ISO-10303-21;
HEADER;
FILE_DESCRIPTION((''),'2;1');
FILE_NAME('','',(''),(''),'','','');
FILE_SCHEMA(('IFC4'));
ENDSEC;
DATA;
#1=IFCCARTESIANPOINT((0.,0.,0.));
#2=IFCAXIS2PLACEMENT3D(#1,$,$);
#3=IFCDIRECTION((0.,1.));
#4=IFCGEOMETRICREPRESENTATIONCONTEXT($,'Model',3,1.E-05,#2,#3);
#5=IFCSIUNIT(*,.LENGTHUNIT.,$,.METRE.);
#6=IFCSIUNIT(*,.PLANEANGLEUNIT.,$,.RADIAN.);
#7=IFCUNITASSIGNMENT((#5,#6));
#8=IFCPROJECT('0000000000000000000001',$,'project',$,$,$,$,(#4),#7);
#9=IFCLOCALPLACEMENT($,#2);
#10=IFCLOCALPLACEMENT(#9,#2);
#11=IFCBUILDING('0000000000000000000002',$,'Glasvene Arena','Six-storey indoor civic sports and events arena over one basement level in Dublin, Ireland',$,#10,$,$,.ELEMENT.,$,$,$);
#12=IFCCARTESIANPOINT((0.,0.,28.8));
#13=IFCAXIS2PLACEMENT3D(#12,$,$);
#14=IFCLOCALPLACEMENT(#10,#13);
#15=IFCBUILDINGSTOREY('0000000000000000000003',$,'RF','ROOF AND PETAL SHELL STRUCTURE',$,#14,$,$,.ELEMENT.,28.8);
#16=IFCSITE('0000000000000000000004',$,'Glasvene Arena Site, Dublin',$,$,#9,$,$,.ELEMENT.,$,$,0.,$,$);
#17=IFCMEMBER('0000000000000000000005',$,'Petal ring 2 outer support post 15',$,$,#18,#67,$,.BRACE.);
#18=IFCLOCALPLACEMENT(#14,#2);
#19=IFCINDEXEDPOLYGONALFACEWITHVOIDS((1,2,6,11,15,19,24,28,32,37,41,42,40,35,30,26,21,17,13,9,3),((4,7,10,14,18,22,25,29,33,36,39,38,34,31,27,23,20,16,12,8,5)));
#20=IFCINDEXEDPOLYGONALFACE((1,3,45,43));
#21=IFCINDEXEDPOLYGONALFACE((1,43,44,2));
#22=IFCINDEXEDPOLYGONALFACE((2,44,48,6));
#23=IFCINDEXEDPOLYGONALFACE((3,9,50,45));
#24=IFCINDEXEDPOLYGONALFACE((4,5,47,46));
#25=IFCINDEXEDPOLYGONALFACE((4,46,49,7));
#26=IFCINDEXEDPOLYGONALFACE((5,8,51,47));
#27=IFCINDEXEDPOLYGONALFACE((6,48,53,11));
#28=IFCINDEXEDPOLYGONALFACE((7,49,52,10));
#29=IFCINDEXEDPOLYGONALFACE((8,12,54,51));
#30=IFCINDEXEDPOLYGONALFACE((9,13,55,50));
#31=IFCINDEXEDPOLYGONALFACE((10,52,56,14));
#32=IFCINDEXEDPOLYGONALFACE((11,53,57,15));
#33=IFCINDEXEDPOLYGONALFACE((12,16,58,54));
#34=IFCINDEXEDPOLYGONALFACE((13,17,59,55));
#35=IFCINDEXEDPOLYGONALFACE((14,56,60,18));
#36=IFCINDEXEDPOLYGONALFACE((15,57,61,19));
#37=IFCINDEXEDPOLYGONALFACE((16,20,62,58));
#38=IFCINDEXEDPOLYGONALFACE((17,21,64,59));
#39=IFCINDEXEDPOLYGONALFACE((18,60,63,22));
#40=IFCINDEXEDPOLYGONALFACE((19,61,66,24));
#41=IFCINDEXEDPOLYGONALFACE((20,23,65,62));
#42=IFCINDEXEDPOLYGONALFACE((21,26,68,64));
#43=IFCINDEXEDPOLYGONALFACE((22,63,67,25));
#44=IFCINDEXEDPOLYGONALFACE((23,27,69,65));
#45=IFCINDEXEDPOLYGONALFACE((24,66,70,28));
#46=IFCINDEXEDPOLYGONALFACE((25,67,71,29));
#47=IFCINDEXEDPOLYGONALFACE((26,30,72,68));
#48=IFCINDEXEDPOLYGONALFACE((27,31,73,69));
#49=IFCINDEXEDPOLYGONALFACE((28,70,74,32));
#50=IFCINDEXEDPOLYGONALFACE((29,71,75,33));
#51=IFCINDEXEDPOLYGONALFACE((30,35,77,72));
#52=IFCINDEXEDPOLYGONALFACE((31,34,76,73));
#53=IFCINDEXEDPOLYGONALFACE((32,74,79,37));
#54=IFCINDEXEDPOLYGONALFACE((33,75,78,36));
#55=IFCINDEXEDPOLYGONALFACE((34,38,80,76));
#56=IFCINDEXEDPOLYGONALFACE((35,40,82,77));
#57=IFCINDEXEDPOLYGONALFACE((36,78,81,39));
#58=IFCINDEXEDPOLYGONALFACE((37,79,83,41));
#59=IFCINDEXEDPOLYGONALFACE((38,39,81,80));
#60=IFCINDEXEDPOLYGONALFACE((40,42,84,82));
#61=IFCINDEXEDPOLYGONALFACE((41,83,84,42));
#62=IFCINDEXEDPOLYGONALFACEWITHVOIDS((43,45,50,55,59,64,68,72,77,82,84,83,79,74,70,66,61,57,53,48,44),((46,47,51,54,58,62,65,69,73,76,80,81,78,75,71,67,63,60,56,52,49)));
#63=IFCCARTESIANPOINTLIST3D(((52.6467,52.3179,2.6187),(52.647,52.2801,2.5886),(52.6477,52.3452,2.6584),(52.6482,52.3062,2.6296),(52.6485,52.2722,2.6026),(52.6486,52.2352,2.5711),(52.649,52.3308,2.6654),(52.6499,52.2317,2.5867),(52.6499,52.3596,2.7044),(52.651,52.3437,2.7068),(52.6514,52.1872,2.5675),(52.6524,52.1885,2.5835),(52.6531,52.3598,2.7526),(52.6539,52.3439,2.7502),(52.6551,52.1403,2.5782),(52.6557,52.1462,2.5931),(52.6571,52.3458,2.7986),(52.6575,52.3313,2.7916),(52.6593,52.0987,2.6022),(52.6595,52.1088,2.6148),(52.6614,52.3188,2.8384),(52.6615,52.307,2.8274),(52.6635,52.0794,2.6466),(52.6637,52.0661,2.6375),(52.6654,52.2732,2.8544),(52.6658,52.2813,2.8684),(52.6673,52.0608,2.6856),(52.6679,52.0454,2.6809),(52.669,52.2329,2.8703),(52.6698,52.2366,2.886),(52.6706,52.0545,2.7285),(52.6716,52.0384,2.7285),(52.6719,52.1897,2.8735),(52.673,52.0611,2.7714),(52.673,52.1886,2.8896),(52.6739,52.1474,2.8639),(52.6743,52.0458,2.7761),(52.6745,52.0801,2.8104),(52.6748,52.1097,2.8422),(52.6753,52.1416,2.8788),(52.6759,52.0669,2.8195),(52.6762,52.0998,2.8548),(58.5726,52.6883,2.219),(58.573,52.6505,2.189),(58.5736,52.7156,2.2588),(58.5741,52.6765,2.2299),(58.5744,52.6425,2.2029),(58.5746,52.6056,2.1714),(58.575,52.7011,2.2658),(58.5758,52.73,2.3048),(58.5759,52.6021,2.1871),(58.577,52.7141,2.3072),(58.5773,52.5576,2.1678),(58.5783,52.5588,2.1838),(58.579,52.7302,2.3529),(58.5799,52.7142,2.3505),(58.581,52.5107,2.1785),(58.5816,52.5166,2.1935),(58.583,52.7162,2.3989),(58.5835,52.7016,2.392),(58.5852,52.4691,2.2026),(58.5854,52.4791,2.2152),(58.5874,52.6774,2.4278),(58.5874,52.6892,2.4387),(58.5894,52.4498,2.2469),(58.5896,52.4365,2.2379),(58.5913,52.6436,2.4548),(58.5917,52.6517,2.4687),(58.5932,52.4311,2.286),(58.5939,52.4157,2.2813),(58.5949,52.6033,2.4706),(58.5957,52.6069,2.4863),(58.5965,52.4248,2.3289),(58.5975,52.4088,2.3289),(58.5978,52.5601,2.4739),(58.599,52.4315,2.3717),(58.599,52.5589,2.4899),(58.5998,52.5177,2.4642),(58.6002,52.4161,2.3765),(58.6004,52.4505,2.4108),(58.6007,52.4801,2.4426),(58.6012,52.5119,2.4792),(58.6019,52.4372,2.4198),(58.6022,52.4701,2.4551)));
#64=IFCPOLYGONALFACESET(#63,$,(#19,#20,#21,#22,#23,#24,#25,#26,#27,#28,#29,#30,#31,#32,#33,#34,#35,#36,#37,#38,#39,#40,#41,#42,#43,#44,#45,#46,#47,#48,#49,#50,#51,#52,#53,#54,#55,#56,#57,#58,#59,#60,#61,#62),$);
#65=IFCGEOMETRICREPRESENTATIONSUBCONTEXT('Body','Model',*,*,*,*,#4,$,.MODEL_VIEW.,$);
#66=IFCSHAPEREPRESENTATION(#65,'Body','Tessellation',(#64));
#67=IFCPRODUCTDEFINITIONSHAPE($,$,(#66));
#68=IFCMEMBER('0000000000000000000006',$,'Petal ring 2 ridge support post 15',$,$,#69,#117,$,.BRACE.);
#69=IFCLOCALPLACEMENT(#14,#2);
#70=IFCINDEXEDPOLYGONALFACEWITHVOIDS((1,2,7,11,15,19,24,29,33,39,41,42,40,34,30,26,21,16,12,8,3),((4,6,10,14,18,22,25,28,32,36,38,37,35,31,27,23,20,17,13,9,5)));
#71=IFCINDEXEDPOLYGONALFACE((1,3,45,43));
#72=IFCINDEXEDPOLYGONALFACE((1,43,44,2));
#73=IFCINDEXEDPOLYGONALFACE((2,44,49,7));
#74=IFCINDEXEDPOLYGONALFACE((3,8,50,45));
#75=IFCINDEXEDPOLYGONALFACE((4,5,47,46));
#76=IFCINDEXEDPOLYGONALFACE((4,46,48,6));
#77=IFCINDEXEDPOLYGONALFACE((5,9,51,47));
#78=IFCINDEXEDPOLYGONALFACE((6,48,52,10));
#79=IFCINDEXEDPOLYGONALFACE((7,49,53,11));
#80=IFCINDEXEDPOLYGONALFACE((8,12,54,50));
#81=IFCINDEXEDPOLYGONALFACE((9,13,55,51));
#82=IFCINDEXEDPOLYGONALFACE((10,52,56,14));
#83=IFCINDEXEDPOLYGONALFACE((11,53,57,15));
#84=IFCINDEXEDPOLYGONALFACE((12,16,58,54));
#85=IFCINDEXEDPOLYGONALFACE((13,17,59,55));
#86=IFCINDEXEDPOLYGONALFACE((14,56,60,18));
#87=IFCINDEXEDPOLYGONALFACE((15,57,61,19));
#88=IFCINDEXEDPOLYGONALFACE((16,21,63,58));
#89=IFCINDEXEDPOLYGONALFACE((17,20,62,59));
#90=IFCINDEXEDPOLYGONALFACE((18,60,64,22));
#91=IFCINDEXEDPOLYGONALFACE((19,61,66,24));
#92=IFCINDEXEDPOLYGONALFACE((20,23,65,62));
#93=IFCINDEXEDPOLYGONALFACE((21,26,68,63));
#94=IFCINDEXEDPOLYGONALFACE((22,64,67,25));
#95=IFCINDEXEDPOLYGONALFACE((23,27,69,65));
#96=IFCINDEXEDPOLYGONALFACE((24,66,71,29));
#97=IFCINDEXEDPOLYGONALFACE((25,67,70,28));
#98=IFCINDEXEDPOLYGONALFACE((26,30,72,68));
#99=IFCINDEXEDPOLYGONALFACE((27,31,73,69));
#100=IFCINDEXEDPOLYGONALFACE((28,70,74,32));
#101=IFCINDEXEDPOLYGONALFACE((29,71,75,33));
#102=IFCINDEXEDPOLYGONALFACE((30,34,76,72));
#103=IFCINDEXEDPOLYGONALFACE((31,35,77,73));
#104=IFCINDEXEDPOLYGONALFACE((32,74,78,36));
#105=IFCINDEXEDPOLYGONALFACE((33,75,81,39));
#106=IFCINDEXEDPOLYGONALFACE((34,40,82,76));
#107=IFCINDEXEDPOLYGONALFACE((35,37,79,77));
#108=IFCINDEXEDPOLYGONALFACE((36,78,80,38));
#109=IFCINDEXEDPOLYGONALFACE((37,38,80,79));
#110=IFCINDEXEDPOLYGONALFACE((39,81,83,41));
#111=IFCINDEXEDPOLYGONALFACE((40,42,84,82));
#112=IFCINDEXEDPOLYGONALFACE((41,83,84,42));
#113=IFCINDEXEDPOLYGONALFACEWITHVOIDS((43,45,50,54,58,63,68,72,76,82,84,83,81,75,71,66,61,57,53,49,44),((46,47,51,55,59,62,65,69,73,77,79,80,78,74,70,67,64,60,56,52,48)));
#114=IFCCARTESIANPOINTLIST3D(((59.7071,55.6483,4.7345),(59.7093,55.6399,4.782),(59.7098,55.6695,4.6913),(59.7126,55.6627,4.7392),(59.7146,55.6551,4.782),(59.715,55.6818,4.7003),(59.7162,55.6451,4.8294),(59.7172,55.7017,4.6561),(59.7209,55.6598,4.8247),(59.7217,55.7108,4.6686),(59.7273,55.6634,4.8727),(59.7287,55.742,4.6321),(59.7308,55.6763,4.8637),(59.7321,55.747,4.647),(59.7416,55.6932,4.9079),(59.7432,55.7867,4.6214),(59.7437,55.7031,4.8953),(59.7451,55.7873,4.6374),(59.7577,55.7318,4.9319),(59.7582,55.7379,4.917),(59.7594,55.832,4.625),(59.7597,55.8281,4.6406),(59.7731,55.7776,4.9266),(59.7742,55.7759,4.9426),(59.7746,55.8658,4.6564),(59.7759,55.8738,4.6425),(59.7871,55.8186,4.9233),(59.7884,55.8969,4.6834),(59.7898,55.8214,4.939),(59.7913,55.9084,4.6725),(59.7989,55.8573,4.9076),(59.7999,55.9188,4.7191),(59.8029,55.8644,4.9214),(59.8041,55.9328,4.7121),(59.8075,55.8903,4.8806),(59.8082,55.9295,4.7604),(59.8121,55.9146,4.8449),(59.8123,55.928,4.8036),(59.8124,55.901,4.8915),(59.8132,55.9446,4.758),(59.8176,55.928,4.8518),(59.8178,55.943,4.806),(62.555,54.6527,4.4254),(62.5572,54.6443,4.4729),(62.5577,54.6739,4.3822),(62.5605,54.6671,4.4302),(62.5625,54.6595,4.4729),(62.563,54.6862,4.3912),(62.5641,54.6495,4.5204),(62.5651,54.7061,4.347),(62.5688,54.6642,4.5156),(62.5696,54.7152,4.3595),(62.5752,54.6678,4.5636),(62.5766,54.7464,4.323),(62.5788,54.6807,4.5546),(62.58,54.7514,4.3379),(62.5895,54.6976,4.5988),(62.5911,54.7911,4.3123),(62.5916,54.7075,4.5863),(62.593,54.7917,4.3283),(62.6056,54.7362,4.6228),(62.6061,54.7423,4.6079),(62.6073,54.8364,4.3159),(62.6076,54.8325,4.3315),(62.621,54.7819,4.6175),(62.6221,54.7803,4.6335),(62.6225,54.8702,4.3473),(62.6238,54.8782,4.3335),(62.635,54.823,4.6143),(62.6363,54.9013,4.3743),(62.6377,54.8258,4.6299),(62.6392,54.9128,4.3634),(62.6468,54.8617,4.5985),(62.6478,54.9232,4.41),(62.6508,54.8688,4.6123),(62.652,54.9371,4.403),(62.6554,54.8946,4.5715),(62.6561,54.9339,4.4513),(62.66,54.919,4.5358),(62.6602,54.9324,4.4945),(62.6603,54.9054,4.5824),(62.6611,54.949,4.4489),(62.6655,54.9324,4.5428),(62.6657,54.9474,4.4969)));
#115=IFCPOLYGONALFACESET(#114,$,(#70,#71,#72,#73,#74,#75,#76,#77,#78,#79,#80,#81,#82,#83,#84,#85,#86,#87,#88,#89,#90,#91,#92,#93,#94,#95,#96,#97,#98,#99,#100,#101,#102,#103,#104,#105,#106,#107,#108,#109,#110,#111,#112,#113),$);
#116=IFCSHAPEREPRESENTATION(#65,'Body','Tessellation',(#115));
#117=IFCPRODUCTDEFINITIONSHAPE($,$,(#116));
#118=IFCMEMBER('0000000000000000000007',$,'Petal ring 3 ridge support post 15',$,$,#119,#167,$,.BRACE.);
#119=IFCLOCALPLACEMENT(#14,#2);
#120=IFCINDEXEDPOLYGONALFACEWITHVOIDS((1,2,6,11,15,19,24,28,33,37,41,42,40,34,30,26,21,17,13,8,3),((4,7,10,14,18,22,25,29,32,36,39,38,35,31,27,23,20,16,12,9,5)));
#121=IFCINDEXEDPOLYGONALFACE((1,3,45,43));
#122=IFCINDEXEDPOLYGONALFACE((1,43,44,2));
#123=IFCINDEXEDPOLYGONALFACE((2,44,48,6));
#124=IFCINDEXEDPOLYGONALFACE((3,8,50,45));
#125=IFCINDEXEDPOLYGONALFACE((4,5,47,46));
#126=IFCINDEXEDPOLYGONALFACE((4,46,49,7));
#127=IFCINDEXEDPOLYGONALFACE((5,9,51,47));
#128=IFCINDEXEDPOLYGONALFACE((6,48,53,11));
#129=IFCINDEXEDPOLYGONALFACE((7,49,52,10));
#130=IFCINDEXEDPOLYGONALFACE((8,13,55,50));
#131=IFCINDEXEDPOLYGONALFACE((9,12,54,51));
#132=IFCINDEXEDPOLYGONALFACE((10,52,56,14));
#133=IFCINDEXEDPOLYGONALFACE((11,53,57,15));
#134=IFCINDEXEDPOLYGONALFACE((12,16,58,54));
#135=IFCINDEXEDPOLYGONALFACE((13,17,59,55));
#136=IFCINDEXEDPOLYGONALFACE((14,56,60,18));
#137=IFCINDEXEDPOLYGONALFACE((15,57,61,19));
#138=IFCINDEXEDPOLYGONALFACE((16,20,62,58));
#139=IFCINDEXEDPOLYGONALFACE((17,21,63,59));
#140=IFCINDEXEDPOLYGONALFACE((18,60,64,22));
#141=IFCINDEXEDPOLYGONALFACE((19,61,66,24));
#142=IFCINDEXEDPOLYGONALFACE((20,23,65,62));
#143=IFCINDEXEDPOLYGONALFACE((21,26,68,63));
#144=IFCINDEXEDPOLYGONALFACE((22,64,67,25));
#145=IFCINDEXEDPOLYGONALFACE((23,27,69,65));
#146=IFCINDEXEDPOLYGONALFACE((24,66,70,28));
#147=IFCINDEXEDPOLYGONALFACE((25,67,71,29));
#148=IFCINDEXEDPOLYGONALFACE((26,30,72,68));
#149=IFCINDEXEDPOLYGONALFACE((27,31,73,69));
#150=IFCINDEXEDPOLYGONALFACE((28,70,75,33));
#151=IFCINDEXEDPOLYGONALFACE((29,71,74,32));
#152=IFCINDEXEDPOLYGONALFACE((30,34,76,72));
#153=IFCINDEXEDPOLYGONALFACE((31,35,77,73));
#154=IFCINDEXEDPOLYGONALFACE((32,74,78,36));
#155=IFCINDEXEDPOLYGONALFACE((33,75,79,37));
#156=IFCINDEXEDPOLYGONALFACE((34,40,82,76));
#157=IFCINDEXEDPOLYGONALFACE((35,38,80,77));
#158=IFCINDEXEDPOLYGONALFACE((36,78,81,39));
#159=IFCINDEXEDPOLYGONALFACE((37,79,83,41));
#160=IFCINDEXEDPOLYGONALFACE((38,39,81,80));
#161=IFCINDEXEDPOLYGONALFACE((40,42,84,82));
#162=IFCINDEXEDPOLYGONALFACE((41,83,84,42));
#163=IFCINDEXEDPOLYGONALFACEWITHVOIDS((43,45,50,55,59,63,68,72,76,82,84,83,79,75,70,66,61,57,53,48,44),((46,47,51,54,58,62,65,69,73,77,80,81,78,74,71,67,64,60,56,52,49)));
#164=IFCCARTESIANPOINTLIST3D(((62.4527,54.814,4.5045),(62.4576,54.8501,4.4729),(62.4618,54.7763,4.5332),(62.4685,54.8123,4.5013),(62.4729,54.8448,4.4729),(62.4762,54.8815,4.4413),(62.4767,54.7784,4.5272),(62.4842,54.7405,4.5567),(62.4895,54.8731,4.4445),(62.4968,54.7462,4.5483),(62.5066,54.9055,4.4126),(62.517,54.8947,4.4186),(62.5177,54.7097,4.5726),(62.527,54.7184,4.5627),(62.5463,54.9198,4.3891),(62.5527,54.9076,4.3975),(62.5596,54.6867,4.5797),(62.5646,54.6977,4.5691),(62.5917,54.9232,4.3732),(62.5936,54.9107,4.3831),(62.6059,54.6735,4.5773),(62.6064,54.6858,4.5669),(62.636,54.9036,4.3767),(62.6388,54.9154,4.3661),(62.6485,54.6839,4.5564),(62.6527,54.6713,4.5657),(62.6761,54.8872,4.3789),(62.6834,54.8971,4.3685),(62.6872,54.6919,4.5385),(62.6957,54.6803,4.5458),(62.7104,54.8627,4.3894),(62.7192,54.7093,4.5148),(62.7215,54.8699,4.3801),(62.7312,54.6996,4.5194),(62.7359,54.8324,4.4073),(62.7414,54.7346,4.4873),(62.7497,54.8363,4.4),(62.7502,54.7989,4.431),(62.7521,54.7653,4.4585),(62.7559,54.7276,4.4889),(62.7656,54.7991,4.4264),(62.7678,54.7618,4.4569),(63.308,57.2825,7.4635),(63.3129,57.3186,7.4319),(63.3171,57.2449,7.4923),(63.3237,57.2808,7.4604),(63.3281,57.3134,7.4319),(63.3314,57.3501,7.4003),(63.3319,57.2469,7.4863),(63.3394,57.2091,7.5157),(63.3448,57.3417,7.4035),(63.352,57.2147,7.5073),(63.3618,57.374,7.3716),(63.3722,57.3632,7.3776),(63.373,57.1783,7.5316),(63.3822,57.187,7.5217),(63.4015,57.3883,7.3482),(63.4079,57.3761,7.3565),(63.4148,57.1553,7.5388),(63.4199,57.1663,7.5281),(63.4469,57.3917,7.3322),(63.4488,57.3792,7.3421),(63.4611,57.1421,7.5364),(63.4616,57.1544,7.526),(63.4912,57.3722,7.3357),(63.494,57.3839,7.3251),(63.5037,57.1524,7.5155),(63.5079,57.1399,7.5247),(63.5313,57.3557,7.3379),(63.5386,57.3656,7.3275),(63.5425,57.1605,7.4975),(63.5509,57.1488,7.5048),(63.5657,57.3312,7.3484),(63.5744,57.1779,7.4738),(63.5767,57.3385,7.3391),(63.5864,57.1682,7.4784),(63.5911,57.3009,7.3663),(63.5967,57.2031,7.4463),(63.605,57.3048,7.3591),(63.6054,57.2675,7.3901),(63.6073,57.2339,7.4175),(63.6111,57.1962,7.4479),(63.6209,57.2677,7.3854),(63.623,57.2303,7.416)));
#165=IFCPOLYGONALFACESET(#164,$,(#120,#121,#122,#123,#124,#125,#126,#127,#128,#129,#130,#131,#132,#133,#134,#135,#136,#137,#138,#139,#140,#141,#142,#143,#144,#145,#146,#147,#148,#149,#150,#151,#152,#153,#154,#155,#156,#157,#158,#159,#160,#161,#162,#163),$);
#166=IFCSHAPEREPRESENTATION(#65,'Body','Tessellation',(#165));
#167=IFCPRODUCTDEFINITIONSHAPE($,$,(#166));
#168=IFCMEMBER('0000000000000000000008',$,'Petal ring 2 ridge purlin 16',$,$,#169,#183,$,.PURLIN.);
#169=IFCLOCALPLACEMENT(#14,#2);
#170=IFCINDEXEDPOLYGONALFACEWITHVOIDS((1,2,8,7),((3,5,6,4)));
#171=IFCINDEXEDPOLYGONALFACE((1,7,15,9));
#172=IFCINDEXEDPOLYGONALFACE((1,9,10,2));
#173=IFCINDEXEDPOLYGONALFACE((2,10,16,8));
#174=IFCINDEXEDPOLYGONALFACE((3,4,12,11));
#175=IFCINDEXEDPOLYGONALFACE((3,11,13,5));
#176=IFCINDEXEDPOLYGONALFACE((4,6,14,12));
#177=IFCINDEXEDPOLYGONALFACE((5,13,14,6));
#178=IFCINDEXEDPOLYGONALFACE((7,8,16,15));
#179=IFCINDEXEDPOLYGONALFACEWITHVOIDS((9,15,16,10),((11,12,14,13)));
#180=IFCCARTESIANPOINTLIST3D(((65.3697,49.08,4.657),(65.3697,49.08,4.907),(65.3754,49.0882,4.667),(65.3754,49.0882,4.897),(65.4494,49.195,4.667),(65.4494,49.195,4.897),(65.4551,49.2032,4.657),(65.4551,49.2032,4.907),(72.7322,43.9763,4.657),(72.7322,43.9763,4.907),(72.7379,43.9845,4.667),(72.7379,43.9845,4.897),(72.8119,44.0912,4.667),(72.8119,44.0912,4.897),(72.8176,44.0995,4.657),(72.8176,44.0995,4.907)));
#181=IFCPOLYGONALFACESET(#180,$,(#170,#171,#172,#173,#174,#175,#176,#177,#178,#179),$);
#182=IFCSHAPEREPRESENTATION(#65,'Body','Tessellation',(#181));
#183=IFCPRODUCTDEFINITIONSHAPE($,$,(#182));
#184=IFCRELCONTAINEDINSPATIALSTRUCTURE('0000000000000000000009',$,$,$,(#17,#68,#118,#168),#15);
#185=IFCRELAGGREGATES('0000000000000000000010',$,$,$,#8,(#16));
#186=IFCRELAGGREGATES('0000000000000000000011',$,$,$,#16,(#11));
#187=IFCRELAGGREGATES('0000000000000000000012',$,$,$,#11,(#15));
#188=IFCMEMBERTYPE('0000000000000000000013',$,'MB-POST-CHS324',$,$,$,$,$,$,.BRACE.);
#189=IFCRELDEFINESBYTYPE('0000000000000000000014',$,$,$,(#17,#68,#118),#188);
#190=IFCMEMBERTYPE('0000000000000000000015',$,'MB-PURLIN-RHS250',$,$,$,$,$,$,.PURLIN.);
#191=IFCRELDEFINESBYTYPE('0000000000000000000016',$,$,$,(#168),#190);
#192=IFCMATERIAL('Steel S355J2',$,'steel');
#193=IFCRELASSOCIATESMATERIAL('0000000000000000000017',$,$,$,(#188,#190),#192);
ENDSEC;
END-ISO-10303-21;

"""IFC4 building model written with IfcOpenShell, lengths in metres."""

from ifc_helpers import new_model, si_unit, direction, frame, origin, origin_2d, place, context, subcontext, project, spatial, hollow_rectangle, hollow_circle, extrude, material, material_profile, profile_set, type_object, element, save


model = new_model("IFC4")

# Units and contexts
model_context = context("Model", 3, precision=1e-05, world=origin(), true_north=direction((0.0, 1.0)))
body_context = subcontext(model_context, "Body", "Model", "MODEL_VIEW")
ifc_project = project(units=[si_unit("LENGTHUNIT", "METRE"), si_unit("PLANEANGLEUNIT", "RADIAN")], contexts=[model_context])

# Site, building, storey
site_placement = place(None, origin())
site = spatial("IfcSite", under=ifc_project, at=site_placement, Name="Glasvene Arena Site, Dublin", CompositionType="ELEMENT", RefElevation=0.0)
building_placement = place(site_placement, origin())
building = spatial("IfcBuilding", under=site, at=building_placement, Name="Glasvene Arena", Description="Six-storey indoor civic sports and events arena over one basement level in Dublin, Ireland", CompositionType="ELEMENT")
storey_placement = place(building_placement, frame((0.0, 0.0, 28.8)))
storey = spatial("IfcBuildingStorey", under=building, at=storey_placement, Name="RF", Description="ROOF AND PETAL SHELL STRUCTURE", CompositionType="ELEMENT", Elevation=28.8)

# Members
ifc_material_1 = material(Name="Steel S355J2", Category="steel")
ifc_material_profile_1 = material_profile(ifc_material_1, hollow_circle(Radius=0.1619, WallThickness=0.0161, at=origin_2d()), Name="CHS 323.9x16.0")
ifc_profile_set_1 = profile_set([ifc_material_profile_1], Name="Steel S355J2")
member_type_1 = type_object("IfcMemberType", Name="MB-POST-CHS324", PredefinedType="BRACE", material=ifc_profile_set_1)
member_1_placement = place(storey_placement, frame((58.5874, 52.5703, 2.3289), z_axis=(-0.995799, -0.062235, 0.067158), x_axis=(0.062376, -0.998053, 0.0)))
element("IfcMember", 1, at=member_1_placement, inside=storey, type_object=member_type_1, Name="Petal ring 2 outer support post 15", PredefinedType="BRACE", context=body_context, shape_type="SweptSolid", body=[
    extrude(hollow_circle(Radius=0.1619, WallThickness=0.0161, at=origin_2d()), origin(), (0.0, 0.0, 1.0), 5.9509),
])
member_2_placement = place(storey_placement, frame((62.6106, 54.7971, 4.4729), z_axis=(-0.939063, 0.32829, 0.101916), x_axis=(-0.330008, -0.943978, 0.0)))
element("IfcMember", 2, at=member_2_placement, inside=storey, type_object=member_type_1, Name="Petal ring 2 ridge support post 15", PredefinedType="BRACE", context=body_context, shape_type="SweptSolid", body=[
    extrude(hollow_circle(Radius=0.1619, WallThickness=0.0161, at=origin_2d()), origin(), (0.0, 0.0, 1.0), 3.0327),
])
member_3_placement = place(storey_placement, frame((62.6106, 54.7971, 4.4729), z_axis=(0.216665, 0.625379, 0.749638), x_axis=(-0.944898, 0.327364, 0.0)))
element("IfcMember", 3, at=member_3_placement, inside=storey, type_object=member_type_1, Name="Petal ring 3 ridge support post 15", PredefinedType="BRACE", context=body_context, shape_type="SweptSolid", body=[
    extrude(hollow_circle(Radius=0.1619, WallThickness=0.0161, at=origin_2d()), origin(), (0.0, 0.0, 1.0), 3.9473),
])
ifc_material_profile_2 = material_profile(ifc_material_1, hollow_rectangle(XDim=0.1499, YDim=0.25, WallThickness=0.01, at=origin_2d()), Name="RHS 250x150x10.0")
ifc_profile_set_2 = profile_set([ifc_material_profile_2], Name="Steel S355J2")
member_type_2 = type_object("IfcMemberType", Name="MB-PURLIN-RHS250", PredefinedType="PURLIN", material=ifc_profile_set_2)
member_4_placement = place(storey_placement, frame((65.4124, 49.1416, 4.782), z_axis=(0.821847, -0.569709, 0.0), x_axis=(0.569709, 0.821847, 0.0)))
element("IfcMember", 4, at=member_4_placement, inside=storey, type_object=member_type_2, Name="Petal ring 2 ridge purlin 16", PredefinedType="PURLIN", context=body_context, shape_type="SweptSolid", body=[
    extrude(hollow_rectangle(XDim=0.1499, YDim=0.25, WallThickness=0.01, at=origin_2d()), origin(), (0.0, 0.0, 1.0), 8.9585),
])

save(model, "model.ifc")
